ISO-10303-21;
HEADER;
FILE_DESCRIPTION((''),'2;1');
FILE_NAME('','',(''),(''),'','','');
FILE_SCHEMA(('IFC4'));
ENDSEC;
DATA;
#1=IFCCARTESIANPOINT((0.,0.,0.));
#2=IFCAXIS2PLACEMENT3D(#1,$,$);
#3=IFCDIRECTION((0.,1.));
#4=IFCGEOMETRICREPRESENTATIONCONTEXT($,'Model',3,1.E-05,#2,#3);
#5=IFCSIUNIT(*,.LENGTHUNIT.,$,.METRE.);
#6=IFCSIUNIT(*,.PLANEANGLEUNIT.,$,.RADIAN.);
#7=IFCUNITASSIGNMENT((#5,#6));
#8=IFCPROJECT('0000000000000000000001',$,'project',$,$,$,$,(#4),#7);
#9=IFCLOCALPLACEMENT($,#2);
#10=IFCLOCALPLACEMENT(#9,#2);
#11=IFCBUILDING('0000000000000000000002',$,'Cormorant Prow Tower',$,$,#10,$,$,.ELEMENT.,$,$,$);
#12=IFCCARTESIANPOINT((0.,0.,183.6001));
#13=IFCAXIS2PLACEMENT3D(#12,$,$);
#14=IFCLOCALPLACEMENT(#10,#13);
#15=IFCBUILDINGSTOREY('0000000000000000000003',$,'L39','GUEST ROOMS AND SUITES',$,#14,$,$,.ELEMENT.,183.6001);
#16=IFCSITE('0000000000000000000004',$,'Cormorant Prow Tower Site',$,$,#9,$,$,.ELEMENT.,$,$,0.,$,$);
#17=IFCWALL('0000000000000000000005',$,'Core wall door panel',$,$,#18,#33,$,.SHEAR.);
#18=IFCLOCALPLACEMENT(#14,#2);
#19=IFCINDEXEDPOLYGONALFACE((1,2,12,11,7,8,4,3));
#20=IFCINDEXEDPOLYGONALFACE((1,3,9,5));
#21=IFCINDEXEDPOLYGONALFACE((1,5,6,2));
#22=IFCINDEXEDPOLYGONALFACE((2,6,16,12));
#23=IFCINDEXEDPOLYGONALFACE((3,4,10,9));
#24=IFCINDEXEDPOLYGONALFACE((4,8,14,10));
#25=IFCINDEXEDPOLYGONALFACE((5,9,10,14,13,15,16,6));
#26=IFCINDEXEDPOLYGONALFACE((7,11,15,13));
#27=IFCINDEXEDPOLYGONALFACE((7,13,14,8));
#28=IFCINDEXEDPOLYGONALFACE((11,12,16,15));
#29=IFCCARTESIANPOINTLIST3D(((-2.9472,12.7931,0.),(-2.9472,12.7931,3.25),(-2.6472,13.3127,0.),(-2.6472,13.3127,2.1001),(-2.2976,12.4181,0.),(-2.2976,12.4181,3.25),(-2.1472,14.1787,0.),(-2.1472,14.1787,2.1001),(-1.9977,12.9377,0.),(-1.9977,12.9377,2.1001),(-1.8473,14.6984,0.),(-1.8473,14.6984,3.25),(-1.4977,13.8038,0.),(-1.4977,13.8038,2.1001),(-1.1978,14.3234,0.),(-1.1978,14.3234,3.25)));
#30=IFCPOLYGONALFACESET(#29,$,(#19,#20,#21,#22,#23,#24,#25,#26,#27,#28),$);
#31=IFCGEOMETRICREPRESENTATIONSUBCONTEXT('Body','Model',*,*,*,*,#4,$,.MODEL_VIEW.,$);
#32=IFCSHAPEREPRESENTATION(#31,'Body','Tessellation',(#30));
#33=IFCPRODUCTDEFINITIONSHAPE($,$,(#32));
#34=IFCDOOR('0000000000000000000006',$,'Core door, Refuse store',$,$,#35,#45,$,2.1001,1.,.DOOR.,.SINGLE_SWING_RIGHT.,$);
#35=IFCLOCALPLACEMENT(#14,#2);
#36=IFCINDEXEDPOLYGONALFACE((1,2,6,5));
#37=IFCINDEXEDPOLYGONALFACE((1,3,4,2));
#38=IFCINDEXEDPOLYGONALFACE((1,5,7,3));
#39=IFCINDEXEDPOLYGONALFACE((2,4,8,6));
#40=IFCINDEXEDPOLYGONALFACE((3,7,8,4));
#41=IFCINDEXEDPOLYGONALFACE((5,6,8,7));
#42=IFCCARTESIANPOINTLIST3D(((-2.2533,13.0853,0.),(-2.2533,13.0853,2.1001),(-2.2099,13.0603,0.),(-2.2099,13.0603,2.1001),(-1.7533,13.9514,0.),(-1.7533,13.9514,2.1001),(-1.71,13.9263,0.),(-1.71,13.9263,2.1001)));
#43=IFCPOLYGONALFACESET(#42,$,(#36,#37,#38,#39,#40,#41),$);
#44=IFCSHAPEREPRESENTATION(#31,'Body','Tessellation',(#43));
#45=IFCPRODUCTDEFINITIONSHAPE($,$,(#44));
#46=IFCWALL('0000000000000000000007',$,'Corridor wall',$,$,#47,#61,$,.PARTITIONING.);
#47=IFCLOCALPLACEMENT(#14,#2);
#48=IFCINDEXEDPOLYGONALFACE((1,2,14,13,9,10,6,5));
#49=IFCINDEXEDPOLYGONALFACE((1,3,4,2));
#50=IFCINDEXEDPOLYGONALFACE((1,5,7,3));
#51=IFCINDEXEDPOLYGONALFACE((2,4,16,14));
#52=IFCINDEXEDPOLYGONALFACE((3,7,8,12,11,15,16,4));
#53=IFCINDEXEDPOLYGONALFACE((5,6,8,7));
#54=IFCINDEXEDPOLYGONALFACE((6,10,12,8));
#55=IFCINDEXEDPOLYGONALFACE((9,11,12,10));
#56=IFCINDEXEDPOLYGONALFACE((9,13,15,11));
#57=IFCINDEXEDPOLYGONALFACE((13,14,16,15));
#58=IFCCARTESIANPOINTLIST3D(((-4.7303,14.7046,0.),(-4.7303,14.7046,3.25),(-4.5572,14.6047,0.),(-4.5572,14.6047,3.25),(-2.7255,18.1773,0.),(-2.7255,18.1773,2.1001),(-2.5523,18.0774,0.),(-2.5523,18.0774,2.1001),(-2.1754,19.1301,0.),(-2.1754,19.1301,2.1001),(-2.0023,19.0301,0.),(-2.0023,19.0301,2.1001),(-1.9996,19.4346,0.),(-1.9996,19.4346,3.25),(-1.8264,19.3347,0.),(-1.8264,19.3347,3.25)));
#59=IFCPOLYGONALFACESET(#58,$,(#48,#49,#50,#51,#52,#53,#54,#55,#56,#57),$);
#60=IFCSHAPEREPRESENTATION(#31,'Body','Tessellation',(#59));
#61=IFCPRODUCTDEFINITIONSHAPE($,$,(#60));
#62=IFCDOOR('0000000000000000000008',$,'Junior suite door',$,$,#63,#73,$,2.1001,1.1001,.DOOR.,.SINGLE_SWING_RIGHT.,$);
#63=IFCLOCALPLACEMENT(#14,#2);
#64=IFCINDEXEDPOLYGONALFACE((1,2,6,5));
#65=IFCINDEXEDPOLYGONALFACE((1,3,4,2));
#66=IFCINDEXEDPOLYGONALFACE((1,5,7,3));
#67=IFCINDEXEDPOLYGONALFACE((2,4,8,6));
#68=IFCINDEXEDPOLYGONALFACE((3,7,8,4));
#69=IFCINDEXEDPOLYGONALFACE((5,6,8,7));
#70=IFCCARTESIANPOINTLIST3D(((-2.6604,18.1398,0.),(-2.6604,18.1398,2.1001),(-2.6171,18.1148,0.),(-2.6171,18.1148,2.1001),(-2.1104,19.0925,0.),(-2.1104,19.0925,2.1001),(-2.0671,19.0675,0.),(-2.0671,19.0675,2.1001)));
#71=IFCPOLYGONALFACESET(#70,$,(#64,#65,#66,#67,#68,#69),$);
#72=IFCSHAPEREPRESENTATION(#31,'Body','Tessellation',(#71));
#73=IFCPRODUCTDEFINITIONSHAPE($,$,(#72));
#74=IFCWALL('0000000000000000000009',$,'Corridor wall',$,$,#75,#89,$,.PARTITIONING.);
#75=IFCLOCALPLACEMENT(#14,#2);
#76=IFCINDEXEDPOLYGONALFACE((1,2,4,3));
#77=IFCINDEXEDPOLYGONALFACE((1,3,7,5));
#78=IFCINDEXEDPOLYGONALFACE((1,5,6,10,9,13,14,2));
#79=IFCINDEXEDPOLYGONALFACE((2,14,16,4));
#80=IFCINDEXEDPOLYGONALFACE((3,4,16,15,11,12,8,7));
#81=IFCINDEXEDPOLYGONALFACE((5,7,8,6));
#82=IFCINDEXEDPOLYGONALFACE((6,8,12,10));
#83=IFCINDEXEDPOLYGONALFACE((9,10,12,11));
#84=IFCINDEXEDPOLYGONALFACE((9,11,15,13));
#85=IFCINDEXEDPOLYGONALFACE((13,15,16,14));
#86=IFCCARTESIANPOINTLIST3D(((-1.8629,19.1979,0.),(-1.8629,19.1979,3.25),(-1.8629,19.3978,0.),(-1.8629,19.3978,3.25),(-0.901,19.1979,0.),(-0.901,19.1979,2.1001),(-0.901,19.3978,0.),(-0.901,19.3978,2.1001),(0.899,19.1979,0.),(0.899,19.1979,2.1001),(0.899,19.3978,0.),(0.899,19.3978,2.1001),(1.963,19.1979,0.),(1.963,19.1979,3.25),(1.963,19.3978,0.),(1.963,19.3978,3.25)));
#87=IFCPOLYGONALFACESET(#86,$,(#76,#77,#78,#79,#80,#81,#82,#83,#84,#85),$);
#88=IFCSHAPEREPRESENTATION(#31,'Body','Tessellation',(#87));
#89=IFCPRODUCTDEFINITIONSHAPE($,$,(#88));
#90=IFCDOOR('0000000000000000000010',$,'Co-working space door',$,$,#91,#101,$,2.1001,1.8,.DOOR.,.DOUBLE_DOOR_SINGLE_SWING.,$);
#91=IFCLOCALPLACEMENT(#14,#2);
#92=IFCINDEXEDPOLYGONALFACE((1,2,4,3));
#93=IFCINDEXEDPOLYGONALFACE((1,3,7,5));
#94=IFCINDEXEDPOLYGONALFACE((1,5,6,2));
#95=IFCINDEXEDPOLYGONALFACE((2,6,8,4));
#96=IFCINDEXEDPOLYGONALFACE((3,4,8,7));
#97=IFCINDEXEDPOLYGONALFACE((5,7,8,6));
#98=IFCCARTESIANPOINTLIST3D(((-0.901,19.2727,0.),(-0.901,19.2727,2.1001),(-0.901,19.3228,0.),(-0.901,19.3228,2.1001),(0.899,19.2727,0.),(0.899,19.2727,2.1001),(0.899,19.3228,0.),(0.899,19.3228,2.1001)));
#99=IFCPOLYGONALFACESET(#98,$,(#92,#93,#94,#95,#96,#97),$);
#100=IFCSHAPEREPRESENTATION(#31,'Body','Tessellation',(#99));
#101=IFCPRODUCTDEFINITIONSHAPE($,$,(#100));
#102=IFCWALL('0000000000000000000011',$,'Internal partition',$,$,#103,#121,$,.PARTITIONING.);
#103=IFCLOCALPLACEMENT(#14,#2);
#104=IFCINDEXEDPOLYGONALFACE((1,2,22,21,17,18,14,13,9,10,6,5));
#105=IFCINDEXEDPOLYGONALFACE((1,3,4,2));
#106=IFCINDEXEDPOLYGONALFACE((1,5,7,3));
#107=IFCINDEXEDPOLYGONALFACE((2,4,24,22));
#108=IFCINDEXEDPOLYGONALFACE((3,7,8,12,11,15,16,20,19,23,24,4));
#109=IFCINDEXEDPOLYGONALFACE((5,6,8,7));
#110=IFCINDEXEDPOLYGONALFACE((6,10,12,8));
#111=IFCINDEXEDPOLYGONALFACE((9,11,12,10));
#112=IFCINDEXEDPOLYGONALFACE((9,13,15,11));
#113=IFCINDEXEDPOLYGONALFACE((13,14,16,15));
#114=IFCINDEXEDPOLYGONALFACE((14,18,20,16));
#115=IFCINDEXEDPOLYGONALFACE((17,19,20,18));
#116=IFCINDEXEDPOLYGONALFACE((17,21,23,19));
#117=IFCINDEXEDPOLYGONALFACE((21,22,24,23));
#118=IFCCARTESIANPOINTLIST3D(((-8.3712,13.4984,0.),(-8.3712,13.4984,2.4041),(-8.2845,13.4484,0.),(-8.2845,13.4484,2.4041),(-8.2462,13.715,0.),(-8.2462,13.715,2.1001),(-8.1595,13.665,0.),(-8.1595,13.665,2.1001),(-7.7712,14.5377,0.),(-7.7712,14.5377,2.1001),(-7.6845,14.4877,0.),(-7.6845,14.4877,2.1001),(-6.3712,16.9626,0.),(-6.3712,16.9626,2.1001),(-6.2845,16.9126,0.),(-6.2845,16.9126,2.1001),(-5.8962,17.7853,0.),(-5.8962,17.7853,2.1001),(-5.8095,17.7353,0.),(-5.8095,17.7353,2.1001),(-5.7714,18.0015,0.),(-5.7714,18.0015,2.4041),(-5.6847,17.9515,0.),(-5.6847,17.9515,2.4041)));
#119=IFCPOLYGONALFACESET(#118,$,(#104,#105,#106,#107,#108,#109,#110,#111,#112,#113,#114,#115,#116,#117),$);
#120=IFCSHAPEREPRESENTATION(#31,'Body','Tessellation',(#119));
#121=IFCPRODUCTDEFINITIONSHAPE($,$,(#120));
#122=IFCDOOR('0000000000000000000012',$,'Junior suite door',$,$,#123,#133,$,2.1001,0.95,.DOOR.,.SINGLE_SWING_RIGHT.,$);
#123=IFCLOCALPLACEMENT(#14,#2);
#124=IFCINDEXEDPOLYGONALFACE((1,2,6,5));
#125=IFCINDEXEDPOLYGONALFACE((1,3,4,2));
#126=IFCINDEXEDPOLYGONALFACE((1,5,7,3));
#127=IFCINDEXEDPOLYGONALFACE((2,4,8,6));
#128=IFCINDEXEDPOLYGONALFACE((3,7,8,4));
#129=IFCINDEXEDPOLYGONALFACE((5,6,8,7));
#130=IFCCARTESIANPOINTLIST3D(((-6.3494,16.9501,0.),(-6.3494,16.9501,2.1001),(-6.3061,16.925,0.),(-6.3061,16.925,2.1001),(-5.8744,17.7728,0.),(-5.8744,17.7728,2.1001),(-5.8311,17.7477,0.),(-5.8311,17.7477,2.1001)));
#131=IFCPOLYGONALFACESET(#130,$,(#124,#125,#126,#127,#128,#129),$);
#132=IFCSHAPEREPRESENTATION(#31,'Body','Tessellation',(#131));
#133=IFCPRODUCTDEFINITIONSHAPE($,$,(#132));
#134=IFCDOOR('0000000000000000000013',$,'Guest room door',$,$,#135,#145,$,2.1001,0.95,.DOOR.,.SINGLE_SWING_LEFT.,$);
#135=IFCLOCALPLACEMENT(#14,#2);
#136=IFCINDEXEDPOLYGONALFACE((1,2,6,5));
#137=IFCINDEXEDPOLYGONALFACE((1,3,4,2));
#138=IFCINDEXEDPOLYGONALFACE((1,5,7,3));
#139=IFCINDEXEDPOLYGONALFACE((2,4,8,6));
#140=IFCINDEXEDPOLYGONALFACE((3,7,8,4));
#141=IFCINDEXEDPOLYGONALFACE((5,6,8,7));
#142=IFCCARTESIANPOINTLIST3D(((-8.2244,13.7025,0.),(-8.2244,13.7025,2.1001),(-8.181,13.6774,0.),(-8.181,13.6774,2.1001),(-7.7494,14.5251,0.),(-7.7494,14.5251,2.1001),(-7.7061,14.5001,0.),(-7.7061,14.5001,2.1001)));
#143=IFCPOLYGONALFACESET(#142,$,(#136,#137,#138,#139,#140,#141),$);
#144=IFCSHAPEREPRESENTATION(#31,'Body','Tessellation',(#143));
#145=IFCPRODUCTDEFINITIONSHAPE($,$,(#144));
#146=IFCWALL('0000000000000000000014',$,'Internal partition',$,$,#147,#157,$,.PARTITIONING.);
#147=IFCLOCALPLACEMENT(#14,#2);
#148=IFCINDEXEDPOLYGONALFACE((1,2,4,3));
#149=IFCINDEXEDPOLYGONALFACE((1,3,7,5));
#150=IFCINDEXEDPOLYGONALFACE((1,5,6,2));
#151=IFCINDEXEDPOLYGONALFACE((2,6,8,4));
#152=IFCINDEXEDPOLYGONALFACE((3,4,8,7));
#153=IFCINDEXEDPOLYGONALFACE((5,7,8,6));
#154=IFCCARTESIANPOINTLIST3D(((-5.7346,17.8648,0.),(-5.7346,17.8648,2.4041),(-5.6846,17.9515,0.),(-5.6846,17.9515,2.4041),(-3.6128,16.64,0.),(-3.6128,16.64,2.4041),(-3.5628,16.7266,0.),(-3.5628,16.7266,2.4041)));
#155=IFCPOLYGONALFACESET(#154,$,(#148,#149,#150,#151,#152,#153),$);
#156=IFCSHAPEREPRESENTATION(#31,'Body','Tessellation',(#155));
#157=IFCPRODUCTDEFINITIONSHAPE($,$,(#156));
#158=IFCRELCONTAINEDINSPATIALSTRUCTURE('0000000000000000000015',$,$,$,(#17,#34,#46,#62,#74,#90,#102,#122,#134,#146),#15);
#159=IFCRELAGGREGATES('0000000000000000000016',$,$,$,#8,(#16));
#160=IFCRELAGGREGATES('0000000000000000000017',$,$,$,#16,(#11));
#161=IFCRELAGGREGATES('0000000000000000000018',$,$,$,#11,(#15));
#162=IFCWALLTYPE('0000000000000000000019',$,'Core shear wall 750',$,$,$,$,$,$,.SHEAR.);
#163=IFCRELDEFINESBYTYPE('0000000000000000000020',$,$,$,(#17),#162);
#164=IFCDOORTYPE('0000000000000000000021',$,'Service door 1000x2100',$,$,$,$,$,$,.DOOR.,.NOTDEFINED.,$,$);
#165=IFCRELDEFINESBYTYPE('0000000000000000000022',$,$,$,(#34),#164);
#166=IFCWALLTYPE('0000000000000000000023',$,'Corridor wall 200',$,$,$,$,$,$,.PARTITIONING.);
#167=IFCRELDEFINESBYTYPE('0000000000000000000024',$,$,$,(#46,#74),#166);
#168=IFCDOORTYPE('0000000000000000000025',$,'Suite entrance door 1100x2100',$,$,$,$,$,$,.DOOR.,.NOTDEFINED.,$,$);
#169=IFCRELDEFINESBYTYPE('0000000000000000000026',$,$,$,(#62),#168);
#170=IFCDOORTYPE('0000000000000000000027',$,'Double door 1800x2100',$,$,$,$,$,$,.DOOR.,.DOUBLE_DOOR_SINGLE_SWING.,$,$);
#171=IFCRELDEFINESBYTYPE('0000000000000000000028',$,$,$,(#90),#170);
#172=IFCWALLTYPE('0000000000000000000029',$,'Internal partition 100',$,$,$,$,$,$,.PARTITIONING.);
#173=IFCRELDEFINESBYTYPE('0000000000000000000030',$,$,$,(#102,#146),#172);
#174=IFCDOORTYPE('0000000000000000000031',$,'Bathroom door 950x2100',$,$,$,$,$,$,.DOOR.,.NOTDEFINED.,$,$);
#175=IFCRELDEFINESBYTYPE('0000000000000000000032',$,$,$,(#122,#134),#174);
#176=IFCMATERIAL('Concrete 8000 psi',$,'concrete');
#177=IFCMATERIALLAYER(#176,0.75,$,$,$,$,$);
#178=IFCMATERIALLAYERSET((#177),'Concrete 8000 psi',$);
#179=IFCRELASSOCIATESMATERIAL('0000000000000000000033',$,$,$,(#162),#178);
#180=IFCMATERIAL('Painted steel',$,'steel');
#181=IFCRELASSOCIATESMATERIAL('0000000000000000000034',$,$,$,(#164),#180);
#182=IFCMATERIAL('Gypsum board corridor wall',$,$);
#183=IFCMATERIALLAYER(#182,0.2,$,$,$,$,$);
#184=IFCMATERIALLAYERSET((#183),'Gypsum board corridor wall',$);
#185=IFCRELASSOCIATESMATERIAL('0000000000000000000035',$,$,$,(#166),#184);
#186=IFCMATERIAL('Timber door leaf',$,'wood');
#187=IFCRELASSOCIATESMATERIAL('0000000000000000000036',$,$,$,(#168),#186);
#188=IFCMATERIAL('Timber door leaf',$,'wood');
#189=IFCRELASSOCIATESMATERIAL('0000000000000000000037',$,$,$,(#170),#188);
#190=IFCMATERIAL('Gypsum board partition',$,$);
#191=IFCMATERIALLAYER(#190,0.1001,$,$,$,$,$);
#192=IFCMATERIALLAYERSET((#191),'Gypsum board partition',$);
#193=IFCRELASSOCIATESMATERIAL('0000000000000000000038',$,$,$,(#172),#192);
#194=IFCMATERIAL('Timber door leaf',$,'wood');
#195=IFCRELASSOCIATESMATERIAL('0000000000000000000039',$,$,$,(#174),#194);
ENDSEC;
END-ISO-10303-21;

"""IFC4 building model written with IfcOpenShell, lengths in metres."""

from ifc_helpers import new_model, si_unit, direction, frame, frame_2d, origin, place, context, subcontext, project, spatial, rectangle, extrude, material, layer, layer_set, type_object, element, fill, save


model = new_model("IFC4")

# Units and contexts
model_context = context("Model", 3, precision=1e-05, world=origin(), true_north=direction((0.0, 1.0)))
body_context = subcontext(model_context, "Body", "Model", "MODEL_VIEW")
ifc_project = project(units=[si_unit("LENGTHUNIT", "METRE"), si_unit("PLANEANGLEUNIT", "RADIAN")], contexts=[model_context])

# Site, building, storey
site_placement = place(None, origin())
site = spatial("IfcSite", under=ifc_project, at=site_placement, Name="Cormorant Prow Tower Site", CompositionType="ELEMENT", RefElevation=0.0)
building_placement = place(site_placement, origin())
building = spatial("IfcBuilding", under=site, at=building_placement, Name="Cormorant Prow Tower", CompositionType="ELEMENT")
storey_placement = place(building_placement, frame((0.0, 0.0, 183.6001)))
storey = spatial("IfcBuildingStorey", under=building, at=storey_placement, Name="L39", Description="GUEST ROOMS AND SUITES", CompositionType="ELEMENT", Elevation=183.6001)

# Shared definitions
ifc_material_1 = material(Name="Concrete 8000 psi", Category="concrete")
ifc_layer_1 = layer(ifc_material_1, 0.75)
ifc_layer_set_1 = layer_set([ifc_layer_1], Name="Concrete 8000 psi")
wall_type_1 = type_object("IfcWallType", Name="Core shear wall 750", PredefinedType="SHEAR", material=ifc_layer_set_1)

# Walls, openings, doors
wall_1_placement = place(storey_placement, frame((-1.5225, 14.511, 0.0), z_axis=(0.0, 0.0, 1.0), x_axis=(-0.499947, -0.866056, 0.0)))
wall_1 = element("IfcWall", 1, at=wall_1_placement, inside=storey, type_object=wall_type_1, Name="Core wall door panel", PredefinedType="SHEAR", context=body_context, shape_type="SweptSolid", body=[
    extrude(rectangle(XDim=2.2, YDim=0.75, at=frame_2d((1.1001, 0.0))), origin(), (0.0, 0.0, 1.0), 3.25),
])
opening_1_placement = place(wall_1_placement, frame((0.6001, 0.0, 0.0)))
opening_1 = element("IfcOpeningElement", 2, at=opening_1_placement, cuts=wall_1, PredefinedType="OPENING", context=body_context, shape_type="SweptSolid", body=[
    extrude(rectangle(XDim=1.0, YDim=2.1001, at=frame_2d((0.5, 1.05))), frame((0.0, 0.385, 0.0), z_axis=(0.0, -1.0, 0.0), x_axis=(1.0, 0.0, 0.0)), (0.0, 0.0, 1.0), 0.77),
])
ifc_material_2 = material(Name="Painted steel", Category="steel")
door_type_1 = type_object("IfcDoorType", Name="Service door 1000x2100", OperationType="NOTDEFINED", PredefinedType="DOOR", material=ifc_material_2)
door_1_placement = place(opening_1_placement, origin())
door_1 = element("IfcDoor", 3, at=door_1_placement, inside=storey, type_object=door_type_1, Name="Core door, Refuse store", OperationType="SINGLE_SWING_RIGHT", OverallHeight=2.1001, OverallWidth=1.0, PredefinedType="DOOR", context=body_context, shape_type="SweptSolid", body=[
    extrude(rectangle(XDim=1.0, YDim=2.1001, at=frame_2d((0.5, 1.05))), frame((0.0, 0.1299, 0.0), z_axis=(0.0, -1.0, 0.0), x_axis=(1.0, 0.0, 0.0)), (0.0, 0.0, 1.0), 0.05),
])
fill(opening_1, door_1)
ifc_material_3 = material(Name="Gypsum board corridor wall")
ifc_layer_2 = layer(ifc_material_3, 0.2)
ifc_layer_set_2 = layer_set([ifc_layer_2], Name="Gypsum board corridor wall")
wall_type_2 = type_object("IfcWallType", Name="Corridor wall 200", PredefinedType="PARTITIONING", material=ifc_layer_set_2)
wall_2_placement = place(storey_placement, frame((-4.6438, 14.6545, 0.0), z_axis=(0.0, 0.0, 1.0), x_axis=(0.49998, 0.866037, 0.0)))
wall_2 = element("IfcWall", 4, at=wall_2_placement, inside=storey, type_object=wall_type_2, Name="Corridor wall", PredefinedType="PARTITIONING", context=body_context, shape_type="SweptSolid", body=[
    extrude(rectangle(XDim=5.4617, YDim=0.2, at=frame_2d((2.731, 0.0))), origin(), (0.0, 0.0, 1.0), 3.25),
])
opening_2_placement = place(wall_2_placement, frame((4.01, 0.0, 0.0)))
opening_2 = element("IfcOpeningElement", 5, at=opening_2_placement, cuts=wall_2, PredefinedType="OPENING", context=body_context, shape_type="SweptSolid", body=[
    extrude(rectangle(XDim=1.1001, YDim=2.1001, at=frame_2d((0.55, 1.05))), frame((0.0, 0.1099, 0.0), z_axis=(0.0, -1.0, 0.0), x_axis=(1.0, 0.0, 0.0)), (0.0, 0.0, 1.0), 0.22),
])
ifc_material_4 = material(Name="Timber door leaf", Category="wood")
door_type_2 = type_object("IfcDoorType", Name="Suite entrance door 1100x2100", OperationType="NOTDEFINED", PredefinedType="DOOR", material=ifc_material_4)
door_2_placement = place(opening_2_placement, origin())
door_2 = element("IfcDoor", 6, at=door_2_placement, inside=storey, type_object=door_type_2, Name="Junior suite door", OperationType="SINGLE_SWING_RIGHT", OverallHeight=2.1001, OverallWidth=1.1001, PredefinedType="DOOR", context=body_context, shape_type="SweptSolid", body=[
    extrude(rectangle(XDim=1.1001, YDim=2.1001, at=frame_2d((0.55, 1.05))), frame((0.0, 0.0249, 0.0), z_axis=(0.0, -1.0, 0.0), x_axis=(1.0, 0.0, 0.0)), (0.0, 0.0, 1.0), 0.05),
])
fill(opening_2, door_2)
wall_3_placement = place(storey_placement, frame((-1.863, 19.2979, 0.0), z_axis=(0.0, 0.0, 1.0), x_axis=(1.0, 0.0, 0.0)))
wall_3 = element("IfcWall", 7, at=wall_3_placement, inside=storey, type_object=wall_type_2, Name="Corridor wall", PredefinedType="PARTITIONING", context=body_context, shape_type="SweptSolid", body=[
    extrude(rectangle(XDim=3.8259, YDim=0.2, at=frame_2d((1.9131, 0.0))), origin(), (0.0, 0.0, 1.0), 3.25),
])
opening_3_placement = place(wall_3_placement, frame((0.9622, 0.0, 0.0)))
opening_3 = element("IfcOpeningElement", 8, at=opening_3_placement, cuts=wall_3, PredefinedType="OPENING", context=body_context, shape_type="SweptSolid", body=[
    extrude(rectangle(XDim=1.8, YDim=2.1001, at=frame_2d((0.8999, 1.05))), frame((0.0, 0.1099, 0.0), z_axis=(0.0, -1.0, 0.0), x_axis=(1.0, 0.0, 0.0)), (0.0, 0.0, 1.0), 0.22),
])
ifc_material_5 = material(Name="Timber door leaf", Category="wood")
door_type_3 = type_object("IfcDoorType", Name="Double door 1800x2100", OperationType="DOUBLE_DOOR_SINGLE_SWING", PredefinedType="DOOR", material=ifc_material_5)
door_3_placement = place(opening_3_placement, origin())
door_3 = element("IfcDoor", 9, at=door_3_placement, inside=storey, type_object=door_type_3, Name="Co-working space door", OperationType="DOUBLE_DOOR_SINGLE_SWING", OverallHeight=2.1001, OverallWidth=1.8, PredefinedType="DOOR", context=body_context, shape_type="SweptSolid", body=[
    extrude(rectangle(XDim=1.8, YDim=2.1001, at=frame_2d((0.8999, 1.05))), frame((0.0, 0.0249, 0.0), z_axis=(0.0, -1.0, 0.0), x_axis=(1.0, 0.0, 0.0)), (0.0, 0.0, 1.0), 0.05),
])
fill(opening_3, door_3)

# Wall, openings, doors
ifc_material_6 = material(Name="Gypsum board partition")
ifc_layer_3 = layer(ifc_material_6, 0.1001)
ifc_layer_set_3 = layer_set([ifc_layer_3], Name="Gypsum board partition")
wall_type_3 = type_object("IfcWallType", Name="Internal partition 100", PredefinedType="PARTITIONING", material=ifc_layer_set_3)
wall_4_placement = place(storey_placement, frame((-8.3279, 13.4734, 0.0), z_axis=(0.0, 0.0, 1.0), x_axis=(0.499992, 0.86603, 0.0)))
wall_4 = element("IfcWall", 10, at=wall_4_placement, inside=storey, type_object=wall_type_3, Name="Internal partition", PredefinedType="PARTITIONING", context=body_context, shape_type="SweptSolid", body=[
    extrude(rectangle(XDim=5.1997, YDim=0.1001, at=frame_2d((2.5999, 0.0))), origin(), (0.0, 0.0, 1.0), 2.4041),
])
opening_4_placement = place(wall_4_placement, frame((4.0, 0.0, 0.0)))
opening_4 = element("IfcOpeningElement", 11, at=opening_4_placement, cuts=wall_4, PredefinedType="OPENING", context=body_context, shape_type="SweptSolid", body=[
    extrude(rectangle(XDim=0.95, YDim=2.1001, at=frame_2d((0.4751, 1.05))), frame((0.0, 0.0601, 0.0), z_axis=(0.0, -1.0, 0.0), x_axis=(1.0, 0.0, 0.0)), (0.0, 0.0, 1.0), 0.1201),
])
opening_5_placement = place(wall_4_placement, frame((0.25, 0.0, 0.0)))
opening_5 = element("IfcOpeningElement", 12, at=opening_5_placement, cuts=wall_4, PredefinedType="OPENING", context=body_context, shape_type="SweptSolid", body=[
    extrude(rectangle(XDim=0.95, YDim=2.1001, at=frame_2d((0.4751, 1.05))), frame((0.0, 0.0601, 0.0), z_axis=(0.0, -1.0, 0.0), x_axis=(1.0, 0.0, 0.0)), (0.0, 0.0, 1.0), 0.1201),
])
ifc_material_7 = material(Name="Timber door leaf", Category="wood")
door_type_4 = type_object("IfcDoorType", Name="Bathroom door 950x2100", OperationType="NOTDEFINED", PredefinedType="DOOR", material=ifc_material_7)
door_4_placement = place(opening_4_placement, origin())
door_4 = element("IfcDoor", 13, at=door_4_placement, inside=storey, type_object=door_type_4, Name="Junior suite door", OperationType="SINGLE_SWING_RIGHT", OverallHeight=2.1001, OverallWidth=0.95, PredefinedType="DOOR", context=body_context, shape_type="SweptSolid", body=[
    extrude(rectangle(XDim=0.95, YDim=2.1001, at=frame_2d((0.4751, 1.05))), frame((0.0, 0.0249, 0.0), z_axis=(0.0, -1.0, 0.0), x_axis=(1.0, 0.0, 0.0)), (0.0, 0.0, 1.0), 0.05),
])
fill(opening_4, door_4)
door_5_placement = place(opening_5_placement, origin())
door_5 = element("IfcDoor", 14, at=door_5_placement, inside=storey, type_object=door_type_4, Name="Guest room door", OperationType="SINGLE_SWING_LEFT", OverallHeight=2.1001, OverallWidth=0.95, PredefinedType="DOOR", context=body_context, shape_type="SweptSolid", body=[
    extrude(rectangle(XDim=0.95, YDim=2.1001, at=frame_2d((0.4751, 1.05))), frame((0.0, 0.0249, 0.0), z_axis=(0.0, -1.0, 0.0), x_axis=(1.0, 0.0, 0.0)), (0.0, 0.0, 1.0), 0.05),
])
fill(opening_5, door_5)

# Wall
wall_5_placement = place(storey_placement, frame((-5.7097, 17.9082, 0.0), z_axis=(0.0, 0.0, 1.0), x_axis=(0.866058, -0.499944, 0.0)))
element("IfcWall", 15, at=wall_5_placement, inside=storey, type_object=wall_type_3, Name="Internal partition", PredefinedType="PARTITIONING", context=body_context, shape_type="SweptSolid", body=[
    extrude(rectangle(XDim=2.45, YDim=0.1001, at=frame_2d((1.2251, 0.0))), origin(), (0.0, 0.0, 1.0), 2.4041),
])

save(model, "model.ifc")
